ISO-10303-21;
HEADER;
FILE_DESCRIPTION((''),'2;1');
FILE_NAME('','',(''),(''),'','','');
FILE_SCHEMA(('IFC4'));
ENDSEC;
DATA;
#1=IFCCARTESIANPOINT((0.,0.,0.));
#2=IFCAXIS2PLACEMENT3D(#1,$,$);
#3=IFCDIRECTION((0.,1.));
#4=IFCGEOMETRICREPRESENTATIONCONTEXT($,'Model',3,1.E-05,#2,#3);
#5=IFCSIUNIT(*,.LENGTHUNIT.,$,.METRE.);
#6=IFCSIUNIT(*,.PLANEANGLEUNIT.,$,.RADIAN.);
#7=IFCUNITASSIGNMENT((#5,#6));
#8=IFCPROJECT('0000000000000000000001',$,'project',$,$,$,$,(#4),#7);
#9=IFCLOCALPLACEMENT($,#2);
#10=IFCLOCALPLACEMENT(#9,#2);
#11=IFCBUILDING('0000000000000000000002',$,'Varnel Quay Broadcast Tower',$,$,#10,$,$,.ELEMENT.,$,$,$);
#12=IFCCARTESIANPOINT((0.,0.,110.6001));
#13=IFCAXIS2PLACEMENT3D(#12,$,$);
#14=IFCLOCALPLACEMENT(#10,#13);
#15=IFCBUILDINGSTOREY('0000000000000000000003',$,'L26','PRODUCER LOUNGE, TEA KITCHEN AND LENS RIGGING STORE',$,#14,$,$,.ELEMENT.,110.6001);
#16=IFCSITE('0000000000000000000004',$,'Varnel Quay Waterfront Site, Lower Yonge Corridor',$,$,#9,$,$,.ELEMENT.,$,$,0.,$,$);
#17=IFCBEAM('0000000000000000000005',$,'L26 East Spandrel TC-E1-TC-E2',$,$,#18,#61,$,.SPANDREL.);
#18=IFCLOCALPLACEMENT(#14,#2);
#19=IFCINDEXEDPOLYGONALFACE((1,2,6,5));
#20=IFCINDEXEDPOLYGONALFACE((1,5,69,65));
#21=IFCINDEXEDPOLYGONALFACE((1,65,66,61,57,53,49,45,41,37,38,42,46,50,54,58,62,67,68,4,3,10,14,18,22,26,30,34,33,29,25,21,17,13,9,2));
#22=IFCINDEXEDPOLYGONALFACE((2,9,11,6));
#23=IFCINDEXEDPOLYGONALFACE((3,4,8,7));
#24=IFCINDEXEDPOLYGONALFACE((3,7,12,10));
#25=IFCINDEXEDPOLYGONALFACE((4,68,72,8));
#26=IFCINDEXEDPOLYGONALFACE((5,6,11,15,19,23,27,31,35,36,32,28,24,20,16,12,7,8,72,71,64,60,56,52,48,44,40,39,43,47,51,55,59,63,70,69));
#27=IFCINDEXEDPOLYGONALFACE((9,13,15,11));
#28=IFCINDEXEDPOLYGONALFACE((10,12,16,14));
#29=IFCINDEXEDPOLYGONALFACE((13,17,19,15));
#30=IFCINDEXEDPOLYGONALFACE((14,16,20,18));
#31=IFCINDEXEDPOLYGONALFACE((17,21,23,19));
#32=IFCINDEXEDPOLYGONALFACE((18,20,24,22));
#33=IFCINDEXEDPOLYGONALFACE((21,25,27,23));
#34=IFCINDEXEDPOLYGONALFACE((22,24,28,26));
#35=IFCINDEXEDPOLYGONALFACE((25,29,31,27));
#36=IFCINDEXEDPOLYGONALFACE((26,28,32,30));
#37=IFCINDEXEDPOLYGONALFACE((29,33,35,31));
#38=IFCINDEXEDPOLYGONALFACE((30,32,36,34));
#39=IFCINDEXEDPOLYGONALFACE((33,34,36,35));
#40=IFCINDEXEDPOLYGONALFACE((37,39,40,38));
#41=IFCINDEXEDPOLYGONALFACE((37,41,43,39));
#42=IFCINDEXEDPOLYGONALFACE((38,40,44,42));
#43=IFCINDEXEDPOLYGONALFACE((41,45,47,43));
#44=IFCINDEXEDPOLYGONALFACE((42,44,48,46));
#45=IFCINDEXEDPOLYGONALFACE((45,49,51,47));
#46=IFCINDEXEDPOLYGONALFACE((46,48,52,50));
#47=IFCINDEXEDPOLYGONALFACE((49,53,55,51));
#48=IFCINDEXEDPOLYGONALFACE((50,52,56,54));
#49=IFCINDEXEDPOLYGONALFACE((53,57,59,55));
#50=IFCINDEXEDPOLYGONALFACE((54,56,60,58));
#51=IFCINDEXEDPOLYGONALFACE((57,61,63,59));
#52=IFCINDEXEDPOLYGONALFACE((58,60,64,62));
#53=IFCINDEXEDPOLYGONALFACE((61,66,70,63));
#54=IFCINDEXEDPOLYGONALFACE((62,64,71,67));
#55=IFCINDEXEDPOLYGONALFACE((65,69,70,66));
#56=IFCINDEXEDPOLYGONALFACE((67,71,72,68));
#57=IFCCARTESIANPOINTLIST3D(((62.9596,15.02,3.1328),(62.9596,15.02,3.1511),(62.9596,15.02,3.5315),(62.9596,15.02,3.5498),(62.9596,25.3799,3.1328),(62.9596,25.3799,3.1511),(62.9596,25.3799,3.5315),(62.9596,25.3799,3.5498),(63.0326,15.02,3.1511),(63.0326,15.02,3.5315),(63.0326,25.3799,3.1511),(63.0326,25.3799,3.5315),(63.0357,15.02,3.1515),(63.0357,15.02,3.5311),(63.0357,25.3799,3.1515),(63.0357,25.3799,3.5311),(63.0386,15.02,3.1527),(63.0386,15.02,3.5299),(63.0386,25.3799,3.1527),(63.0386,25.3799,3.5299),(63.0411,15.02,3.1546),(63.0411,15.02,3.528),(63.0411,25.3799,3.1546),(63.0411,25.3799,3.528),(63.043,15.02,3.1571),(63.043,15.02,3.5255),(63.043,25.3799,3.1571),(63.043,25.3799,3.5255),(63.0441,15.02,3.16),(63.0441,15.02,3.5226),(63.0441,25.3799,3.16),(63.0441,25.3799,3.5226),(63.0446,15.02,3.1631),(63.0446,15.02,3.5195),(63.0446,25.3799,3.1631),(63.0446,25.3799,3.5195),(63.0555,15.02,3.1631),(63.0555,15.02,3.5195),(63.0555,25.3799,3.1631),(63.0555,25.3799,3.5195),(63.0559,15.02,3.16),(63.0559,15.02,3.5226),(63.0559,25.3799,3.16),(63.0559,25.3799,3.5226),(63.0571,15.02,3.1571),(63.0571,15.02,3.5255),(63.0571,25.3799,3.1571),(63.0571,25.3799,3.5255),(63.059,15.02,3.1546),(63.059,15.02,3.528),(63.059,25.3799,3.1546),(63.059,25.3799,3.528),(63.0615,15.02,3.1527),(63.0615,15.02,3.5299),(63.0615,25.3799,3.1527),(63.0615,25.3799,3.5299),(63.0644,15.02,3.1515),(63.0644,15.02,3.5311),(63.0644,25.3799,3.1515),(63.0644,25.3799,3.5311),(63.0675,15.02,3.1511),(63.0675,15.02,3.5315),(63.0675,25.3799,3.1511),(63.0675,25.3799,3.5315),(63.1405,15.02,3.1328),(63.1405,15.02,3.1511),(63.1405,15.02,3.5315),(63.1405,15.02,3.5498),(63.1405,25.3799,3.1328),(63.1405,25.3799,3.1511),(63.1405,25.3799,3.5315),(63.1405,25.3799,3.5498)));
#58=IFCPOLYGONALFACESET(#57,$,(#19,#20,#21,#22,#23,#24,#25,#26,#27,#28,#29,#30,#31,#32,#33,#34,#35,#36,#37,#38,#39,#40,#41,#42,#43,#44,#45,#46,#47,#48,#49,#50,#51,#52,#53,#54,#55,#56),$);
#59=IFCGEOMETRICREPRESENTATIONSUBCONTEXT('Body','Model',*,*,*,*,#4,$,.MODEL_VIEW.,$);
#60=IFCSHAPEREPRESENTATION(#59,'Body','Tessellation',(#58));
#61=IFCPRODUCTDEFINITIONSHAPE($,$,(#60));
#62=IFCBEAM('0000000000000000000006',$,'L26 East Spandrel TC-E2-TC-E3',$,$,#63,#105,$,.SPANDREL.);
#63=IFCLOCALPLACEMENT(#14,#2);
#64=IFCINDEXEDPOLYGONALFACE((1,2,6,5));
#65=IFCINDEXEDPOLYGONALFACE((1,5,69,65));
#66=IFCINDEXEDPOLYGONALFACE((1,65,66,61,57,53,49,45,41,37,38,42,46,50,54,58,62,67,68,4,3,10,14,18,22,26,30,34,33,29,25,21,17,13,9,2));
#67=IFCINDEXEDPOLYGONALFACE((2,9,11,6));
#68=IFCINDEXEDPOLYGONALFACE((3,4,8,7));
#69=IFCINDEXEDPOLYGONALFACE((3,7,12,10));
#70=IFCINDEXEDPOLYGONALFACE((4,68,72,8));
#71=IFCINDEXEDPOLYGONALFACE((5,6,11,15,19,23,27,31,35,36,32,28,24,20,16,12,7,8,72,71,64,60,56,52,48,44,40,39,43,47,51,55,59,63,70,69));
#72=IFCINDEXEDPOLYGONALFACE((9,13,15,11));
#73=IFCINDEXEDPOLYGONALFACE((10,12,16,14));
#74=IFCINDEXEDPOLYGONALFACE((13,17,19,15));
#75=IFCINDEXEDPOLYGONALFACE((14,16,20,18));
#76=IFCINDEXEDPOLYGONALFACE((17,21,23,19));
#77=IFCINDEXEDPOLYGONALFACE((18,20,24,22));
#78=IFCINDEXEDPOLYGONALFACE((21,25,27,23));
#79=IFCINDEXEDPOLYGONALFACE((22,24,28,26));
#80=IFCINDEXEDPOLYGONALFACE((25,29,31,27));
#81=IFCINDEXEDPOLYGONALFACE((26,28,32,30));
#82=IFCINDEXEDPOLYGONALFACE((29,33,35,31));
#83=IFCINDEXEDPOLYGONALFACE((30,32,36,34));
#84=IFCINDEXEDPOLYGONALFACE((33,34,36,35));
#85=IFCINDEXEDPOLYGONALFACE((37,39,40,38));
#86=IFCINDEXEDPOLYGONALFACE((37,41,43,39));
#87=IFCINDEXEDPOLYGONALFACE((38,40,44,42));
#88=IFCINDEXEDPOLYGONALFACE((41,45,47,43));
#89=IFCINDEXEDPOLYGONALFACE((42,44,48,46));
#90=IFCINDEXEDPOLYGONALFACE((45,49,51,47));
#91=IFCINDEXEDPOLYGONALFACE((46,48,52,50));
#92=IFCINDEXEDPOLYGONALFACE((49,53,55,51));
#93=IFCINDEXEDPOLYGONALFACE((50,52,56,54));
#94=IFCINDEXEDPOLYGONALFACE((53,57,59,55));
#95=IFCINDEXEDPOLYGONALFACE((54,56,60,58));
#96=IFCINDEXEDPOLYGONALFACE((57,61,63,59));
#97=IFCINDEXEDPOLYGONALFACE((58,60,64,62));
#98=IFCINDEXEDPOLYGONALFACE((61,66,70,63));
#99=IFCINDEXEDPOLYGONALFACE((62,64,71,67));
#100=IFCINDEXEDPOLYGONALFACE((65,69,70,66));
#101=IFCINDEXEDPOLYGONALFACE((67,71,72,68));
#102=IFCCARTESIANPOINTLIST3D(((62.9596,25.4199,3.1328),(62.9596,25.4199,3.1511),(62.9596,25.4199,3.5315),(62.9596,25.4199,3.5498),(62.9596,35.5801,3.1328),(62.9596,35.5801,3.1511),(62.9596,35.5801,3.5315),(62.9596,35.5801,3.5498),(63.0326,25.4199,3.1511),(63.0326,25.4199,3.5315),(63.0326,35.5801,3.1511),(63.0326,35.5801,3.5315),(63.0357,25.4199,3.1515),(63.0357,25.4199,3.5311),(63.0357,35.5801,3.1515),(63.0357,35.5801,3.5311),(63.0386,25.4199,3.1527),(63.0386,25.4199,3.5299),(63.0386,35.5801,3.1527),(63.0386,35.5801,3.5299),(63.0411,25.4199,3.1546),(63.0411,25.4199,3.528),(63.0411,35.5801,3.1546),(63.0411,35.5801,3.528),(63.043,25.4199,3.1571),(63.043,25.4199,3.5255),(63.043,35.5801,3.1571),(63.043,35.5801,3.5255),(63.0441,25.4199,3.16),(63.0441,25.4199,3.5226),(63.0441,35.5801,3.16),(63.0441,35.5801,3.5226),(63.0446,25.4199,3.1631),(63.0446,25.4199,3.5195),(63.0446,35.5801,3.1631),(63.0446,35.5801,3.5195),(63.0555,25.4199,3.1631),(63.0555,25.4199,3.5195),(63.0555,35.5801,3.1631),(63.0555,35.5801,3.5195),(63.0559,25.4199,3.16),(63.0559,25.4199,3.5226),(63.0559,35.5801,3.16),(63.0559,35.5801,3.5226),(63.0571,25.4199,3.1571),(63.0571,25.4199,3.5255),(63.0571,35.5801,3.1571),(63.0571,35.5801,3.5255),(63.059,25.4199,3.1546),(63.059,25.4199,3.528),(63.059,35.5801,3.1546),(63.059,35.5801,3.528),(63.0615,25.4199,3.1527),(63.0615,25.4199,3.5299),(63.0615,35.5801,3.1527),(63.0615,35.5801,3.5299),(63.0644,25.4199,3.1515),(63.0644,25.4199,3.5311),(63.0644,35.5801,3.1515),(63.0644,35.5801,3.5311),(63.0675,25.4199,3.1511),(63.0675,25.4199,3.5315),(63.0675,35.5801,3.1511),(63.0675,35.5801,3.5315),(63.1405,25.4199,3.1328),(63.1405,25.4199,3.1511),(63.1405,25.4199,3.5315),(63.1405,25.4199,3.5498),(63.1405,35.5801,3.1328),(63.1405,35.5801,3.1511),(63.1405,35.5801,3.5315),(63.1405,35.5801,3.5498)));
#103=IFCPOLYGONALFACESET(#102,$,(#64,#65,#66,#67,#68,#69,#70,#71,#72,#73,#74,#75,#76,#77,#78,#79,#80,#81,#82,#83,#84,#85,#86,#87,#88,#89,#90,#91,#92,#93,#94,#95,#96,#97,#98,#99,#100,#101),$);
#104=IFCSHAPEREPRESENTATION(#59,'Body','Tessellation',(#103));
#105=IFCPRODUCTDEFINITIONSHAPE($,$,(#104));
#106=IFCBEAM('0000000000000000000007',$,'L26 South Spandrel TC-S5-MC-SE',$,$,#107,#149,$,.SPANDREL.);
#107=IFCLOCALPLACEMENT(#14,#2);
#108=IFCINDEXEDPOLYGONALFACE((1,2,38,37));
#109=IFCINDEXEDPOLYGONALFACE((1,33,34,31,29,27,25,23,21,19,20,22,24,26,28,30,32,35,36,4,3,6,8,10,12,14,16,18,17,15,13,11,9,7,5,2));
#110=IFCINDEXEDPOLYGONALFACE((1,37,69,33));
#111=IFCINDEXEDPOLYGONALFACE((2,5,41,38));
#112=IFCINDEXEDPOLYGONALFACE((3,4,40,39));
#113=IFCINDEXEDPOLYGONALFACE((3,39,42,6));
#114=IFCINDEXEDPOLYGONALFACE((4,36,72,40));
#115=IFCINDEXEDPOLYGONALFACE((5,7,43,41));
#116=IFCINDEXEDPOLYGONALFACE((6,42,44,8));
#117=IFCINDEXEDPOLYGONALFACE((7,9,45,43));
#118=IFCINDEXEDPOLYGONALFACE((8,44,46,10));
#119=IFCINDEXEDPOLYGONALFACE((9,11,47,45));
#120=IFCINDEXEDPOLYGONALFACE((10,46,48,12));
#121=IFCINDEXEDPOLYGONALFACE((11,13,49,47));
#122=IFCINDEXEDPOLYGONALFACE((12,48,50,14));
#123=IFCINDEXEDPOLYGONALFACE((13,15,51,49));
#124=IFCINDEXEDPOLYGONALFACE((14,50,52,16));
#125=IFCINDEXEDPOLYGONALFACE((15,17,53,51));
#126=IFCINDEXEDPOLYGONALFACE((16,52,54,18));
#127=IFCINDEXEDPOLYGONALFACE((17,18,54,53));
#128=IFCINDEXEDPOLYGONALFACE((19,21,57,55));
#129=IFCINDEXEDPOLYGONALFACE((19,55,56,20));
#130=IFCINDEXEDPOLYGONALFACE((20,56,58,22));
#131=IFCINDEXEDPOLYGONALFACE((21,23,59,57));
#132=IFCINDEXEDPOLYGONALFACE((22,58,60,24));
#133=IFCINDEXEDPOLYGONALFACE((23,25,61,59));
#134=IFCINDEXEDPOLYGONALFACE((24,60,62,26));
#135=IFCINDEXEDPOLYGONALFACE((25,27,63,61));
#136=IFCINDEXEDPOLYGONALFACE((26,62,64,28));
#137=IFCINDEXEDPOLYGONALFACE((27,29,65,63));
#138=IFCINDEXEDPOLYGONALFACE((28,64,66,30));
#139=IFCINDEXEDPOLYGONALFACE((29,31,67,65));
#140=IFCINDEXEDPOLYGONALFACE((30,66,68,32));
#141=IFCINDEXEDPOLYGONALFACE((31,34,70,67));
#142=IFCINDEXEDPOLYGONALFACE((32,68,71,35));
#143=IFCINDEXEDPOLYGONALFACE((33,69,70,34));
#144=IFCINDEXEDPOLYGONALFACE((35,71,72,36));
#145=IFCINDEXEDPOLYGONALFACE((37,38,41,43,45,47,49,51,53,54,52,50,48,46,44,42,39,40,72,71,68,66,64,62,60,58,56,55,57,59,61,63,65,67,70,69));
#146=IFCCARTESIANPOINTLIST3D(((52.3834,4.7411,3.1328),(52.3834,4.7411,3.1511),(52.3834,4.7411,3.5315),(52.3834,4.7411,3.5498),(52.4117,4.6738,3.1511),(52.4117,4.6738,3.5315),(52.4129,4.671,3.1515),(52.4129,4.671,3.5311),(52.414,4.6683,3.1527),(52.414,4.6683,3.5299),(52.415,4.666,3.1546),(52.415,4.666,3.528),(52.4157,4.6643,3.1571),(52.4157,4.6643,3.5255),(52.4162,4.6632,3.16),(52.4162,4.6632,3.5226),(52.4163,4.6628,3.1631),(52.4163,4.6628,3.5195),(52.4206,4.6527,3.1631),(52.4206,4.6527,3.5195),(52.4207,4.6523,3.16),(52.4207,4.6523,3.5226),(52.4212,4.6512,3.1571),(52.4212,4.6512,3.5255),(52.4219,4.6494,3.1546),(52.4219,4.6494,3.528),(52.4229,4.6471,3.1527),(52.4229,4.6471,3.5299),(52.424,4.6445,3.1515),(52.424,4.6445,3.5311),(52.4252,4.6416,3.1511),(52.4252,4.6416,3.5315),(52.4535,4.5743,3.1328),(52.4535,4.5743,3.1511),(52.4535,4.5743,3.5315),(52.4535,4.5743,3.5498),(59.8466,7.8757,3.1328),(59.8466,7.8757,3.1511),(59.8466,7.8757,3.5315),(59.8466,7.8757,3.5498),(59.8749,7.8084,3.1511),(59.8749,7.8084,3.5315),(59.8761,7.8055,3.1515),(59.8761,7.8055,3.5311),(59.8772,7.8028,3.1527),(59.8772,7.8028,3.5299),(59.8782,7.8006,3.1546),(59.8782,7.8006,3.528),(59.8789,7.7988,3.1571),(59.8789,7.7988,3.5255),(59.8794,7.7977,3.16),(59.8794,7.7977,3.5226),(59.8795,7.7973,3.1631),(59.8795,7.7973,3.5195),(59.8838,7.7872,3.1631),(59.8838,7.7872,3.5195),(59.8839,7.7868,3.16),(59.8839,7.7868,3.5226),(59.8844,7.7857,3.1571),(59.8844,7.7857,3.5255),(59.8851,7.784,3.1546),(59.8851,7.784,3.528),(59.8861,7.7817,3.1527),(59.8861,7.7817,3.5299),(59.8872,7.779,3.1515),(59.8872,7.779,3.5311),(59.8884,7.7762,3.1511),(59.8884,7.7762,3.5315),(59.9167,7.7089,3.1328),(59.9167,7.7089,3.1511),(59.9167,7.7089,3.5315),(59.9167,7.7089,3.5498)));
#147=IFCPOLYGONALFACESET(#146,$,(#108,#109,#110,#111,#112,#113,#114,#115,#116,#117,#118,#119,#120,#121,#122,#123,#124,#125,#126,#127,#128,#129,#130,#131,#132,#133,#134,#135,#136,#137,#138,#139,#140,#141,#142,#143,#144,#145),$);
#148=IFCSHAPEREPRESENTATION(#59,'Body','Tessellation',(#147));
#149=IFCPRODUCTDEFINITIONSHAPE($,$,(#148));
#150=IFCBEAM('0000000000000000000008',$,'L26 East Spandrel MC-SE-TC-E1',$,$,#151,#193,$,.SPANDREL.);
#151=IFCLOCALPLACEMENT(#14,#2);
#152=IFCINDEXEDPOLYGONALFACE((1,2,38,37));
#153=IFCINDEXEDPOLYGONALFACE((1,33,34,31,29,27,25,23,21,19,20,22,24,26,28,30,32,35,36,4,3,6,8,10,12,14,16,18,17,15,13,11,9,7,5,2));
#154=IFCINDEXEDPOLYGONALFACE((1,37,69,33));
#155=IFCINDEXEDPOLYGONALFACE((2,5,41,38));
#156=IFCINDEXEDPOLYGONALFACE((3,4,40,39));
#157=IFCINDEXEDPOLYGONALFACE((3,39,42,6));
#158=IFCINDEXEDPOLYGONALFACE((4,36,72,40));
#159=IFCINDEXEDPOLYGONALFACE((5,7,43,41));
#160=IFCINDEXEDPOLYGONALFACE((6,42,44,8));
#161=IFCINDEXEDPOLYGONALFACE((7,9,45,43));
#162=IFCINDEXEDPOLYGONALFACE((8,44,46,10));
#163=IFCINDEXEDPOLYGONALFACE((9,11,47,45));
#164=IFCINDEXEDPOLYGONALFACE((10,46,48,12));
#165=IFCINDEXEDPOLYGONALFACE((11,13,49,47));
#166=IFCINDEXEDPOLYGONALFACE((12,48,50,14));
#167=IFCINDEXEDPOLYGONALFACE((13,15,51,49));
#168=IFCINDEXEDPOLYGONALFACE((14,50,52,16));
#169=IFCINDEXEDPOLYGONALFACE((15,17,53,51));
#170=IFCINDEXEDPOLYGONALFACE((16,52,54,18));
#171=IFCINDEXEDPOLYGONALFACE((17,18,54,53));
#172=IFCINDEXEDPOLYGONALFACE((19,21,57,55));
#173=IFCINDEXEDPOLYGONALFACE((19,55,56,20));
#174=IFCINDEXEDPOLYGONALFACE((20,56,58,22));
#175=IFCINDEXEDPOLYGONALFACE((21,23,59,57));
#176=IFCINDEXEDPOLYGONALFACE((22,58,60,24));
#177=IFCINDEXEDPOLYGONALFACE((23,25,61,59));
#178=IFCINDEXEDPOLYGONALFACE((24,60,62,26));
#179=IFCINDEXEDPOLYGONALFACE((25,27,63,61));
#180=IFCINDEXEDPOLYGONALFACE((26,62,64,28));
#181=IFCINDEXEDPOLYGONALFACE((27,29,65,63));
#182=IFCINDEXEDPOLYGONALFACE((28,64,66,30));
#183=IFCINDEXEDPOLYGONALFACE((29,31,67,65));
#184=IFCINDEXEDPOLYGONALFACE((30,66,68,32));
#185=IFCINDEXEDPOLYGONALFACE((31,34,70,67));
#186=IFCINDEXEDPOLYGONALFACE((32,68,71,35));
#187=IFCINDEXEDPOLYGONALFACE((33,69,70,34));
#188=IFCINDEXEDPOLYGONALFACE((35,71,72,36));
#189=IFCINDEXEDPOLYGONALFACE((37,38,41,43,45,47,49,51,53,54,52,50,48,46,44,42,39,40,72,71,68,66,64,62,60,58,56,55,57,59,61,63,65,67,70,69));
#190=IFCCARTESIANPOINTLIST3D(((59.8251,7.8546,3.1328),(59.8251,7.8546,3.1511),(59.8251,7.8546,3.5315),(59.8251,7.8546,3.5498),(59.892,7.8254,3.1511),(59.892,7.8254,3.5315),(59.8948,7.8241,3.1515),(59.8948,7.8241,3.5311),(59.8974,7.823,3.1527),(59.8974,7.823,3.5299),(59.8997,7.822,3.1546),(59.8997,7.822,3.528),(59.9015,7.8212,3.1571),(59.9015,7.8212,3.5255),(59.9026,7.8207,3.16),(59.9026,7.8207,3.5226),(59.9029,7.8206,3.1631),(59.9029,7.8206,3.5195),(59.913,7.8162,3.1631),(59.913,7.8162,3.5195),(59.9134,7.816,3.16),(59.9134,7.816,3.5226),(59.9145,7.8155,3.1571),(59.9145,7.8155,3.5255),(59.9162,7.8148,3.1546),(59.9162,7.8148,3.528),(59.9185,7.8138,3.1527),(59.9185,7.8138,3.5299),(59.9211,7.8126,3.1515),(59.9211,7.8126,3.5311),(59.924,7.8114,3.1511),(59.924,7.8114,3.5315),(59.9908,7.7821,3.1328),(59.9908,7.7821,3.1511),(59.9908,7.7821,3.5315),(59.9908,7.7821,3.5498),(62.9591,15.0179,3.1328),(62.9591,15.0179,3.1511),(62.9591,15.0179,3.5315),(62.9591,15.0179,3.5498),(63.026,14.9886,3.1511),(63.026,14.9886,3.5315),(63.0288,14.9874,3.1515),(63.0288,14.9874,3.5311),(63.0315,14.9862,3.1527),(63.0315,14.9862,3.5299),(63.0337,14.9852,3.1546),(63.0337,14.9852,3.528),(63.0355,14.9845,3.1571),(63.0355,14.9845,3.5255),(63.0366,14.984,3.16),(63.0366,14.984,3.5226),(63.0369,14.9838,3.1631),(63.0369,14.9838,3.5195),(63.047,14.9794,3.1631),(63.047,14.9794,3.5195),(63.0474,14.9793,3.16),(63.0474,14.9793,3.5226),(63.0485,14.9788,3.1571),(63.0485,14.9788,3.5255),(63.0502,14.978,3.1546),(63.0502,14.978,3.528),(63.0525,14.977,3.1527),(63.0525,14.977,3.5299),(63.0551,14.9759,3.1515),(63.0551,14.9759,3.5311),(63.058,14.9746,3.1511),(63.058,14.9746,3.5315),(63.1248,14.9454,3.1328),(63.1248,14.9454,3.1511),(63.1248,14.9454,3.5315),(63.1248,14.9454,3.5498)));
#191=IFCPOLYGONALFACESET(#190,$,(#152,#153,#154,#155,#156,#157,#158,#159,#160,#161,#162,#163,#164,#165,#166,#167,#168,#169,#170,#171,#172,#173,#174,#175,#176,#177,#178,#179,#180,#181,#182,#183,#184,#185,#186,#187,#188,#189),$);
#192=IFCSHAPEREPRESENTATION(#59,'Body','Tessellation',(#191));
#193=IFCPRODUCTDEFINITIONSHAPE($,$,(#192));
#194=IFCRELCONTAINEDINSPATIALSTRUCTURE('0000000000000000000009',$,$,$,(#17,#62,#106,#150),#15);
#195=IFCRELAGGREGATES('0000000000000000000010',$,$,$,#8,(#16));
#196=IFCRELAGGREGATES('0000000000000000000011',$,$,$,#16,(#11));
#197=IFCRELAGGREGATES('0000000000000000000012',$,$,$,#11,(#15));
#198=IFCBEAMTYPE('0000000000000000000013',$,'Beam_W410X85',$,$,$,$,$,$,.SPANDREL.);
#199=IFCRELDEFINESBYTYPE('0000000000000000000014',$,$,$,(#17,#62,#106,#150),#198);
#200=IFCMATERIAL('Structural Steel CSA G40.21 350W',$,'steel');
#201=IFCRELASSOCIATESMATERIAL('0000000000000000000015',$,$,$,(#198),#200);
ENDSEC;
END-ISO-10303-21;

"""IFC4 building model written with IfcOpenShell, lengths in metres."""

from ifc_helpers import new_model, si_unit, direction, frame, origin, origin_2d, place, context, subcontext, project, spatial, i_section, extrude, source, transform, mapped, material, material_profile, profile_set, type_object, type_shapes, element, save


model = new_model("IFC4")

# Units and contexts
model_context = context("Model", 3, precision=1e-05, world=origin(), true_north=direction((0.0, 1.0)))
body_context = subcontext(model_context, "Body", "Model", "MODEL_VIEW")
ifc_project = project(units=[si_unit("LENGTHUNIT", "METRE"), si_unit("PLANEANGLEUNIT", "RADIAN")], contexts=[model_context])

# Site, building, storey
site_placement = place(None, origin())
site = spatial("IfcSite", under=ifc_project, at=site_placement, Name="Varnel Quay Waterfront Site, Lower Yonge Corridor", CompositionType="ELEMENT", RefElevation=0.0)
building_placement = place(site_placement, origin())
building = spatial("IfcBuilding", under=site, at=building_placement, Name="Varnel Quay Broadcast Tower", CompositionType="ELEMENT")
storey_placement = place(building_placement, frame((0.0, 0.0, 110.6001)))
storey = spatial("IfcBuildingStorey", under=building, at=storey_placement, Name="L26", Description="PRODUCER LOUNGE, TEA KITCHEN AND LENS RIGGING STORE", CompositionType="ELEMENT", Elevation=110.6001)

# Shared definitions
ifc_material_1 = material(Name="Structural Steel CSA G40.21 350W", Category="steel")

# Beams
ifc_material_profile_1 = material_profile(ifc_material_1, i_section(OverallWidth=0.1809, OverallDepth=0.417, WebThickness=0.011, FlangeThickness=0.0183, FilletRadius=0.012, at=origin_2d()), Name="W410X85")
ifc_profile_set_1 = profile_set([ifc_material_profile_1], Name="Structural Steel CSA G40.21 350W")
beam_type = type_object("IfcBeamType", Name="Beam_W410X85", PredefinedType="SPANDREL", material=ifc_profile_set_1)
shared_shape_1 = source(origin(), body_context, "Body", "SweptSolid", [
    extrude(i_section(OverallWidth=0.1809, OverallDepth=0.417, WebThickness=0.011, FlangeThickness=0.0183, FilletRadius=0.012, at=origin_2d()), origin(), (0.0, 0.0, 1.0), 10.3599),
])
beam_1_placement = place(storey_placement, frame((63.05, 15.02, 3.3413), z_axis=(0.0, 1.0, 0.0), x_axis=(-1.0, 0.0, 0.0)))
element("IfcBeam", 1, at=beam_1_placement, inside=storey, type_object=beam_type, Name="L26 East Spandrel TC-E1-TC-E2", PredefinedType="SPANDREL", context=body_context, shape_type="MappedRepresentation", body=[
    mapped(shared_shape_1, transform((0.0, 0.0, 0.0), x_axis=(1.0, 0.0, 0.0), y_axis=(0.0, 1.0, 0.0), z_axis=(0.0, 0.0, 1.0), scale=1.0)),
])
shared_shape_2 = source(origin(), body_context, "Body", "SweptSolid", [
    extrude(i_section(OverallWidth=0.1809, OverallDepth=0.417, WebThickness=0.011, FlangeThickness=0.0183, FilletRadius=0.012, at=origin_2d()), origin(), (0.0, 0.0, 1.0), 10.1602),
])
beam_2_placement = place(storey_placement, frame((63.05, 25.4199, 3.3413), z_axis=(0.0, 1.0, 0.0), x_axis=(-1.0, 0.0, 0.0)))
element("IfcBeam", 2, at=beam_2_placement, inside=storey, type_object=beam_type, Name="L26 East Spandrel TC-E2-TC-E3", PredefinedType="SPANDREL", context=body_context, shape_type="MappedRepresentation", body=[
    mapped(shared_shape_2, transform((0.0, 0.0, 0.0), x_axis=(1.0, 0.0, 0.0), y_axis=(0.0, 1.0, 0.0), z_axis=(0.0, 0.0, 1.0), scale=1.0)),
])
shared_shape_3 = source(origin(), body_context, "Body", "SweptSolid", [
    extrude(i_section(OverallWidth=0.1809, OverallDepth=0.417, WebThickness=0.011, FlangeThickness=0.0183, FilletRadius=0.012, at=origin_2d()), origin(), (0.0, 0.0, 1.0), 8.0947),
])
beam_3_placement = place(storey_placement, frame((52.4185, 4.6577, 3.3413), z_axis=(0.921982, 0.387233, 0.0), x_axis=(-0.387233, 0.921982, 0.0)))
element("IfcBeam", 3, at=beam_3_placement, inside=storey, type_object=beam_type, Name="L26 South Spandrel TC-S5-MC-SE", PredefinedType="SPANDREL", context=body_context, shape_type="MappedRepresentation", body=[
    mapped(shared_shape_3, transform((0.0, 0.0, 0.0), x_axis=(1.0, 0.0, 0.0), y_axis=(0.0, 1.0, 0.0), z_axis=(0.0, 0.0, 1.0), scale=1.0)),
])
shared_shape_4 = source(origin(), body_context, "Body", "SweptSolid", [
    extrude(i_section(OverallWidth=0.1809, OverallDepth=0.417, WebThickness=0.011, FlangeThickness=0.0183, FilletRadius=0.012, at=origin_2d()), origin(), (0.0, 0.0, 1.0), 7.8188),
])
type_shapes(beam_type, [shared_shape_1, shared_shape_2, shared_shape_3, shared_shape_4])
beam_4_placement = place(storey_placement, frame((59.908, 7.8184, 3.3413), z_axis=(0.400827, 0.916154, 0.0), x_axis=(-0.916154, 0.400827, 0.0)))
element("IfcBeam", 4, at=beam_4_placement, inside=storey, type_object=beam_type, Name="L26 East Spandrel MC-SE-TC-E1", PredefinedType="SPANDREL", context=body_context, shape_type="MappedRepresentation", body=[
    mapped(shared_shape_4, transform((0.0, 0.0, 0.0), x_axis=(1.0, 0.0, 0.0), y_axis=(0.0, 1.0, 0.0), z_axis=(0.0, 0.0, 1.0), scale=1.0)),
])

save(model, "model.ifc")
